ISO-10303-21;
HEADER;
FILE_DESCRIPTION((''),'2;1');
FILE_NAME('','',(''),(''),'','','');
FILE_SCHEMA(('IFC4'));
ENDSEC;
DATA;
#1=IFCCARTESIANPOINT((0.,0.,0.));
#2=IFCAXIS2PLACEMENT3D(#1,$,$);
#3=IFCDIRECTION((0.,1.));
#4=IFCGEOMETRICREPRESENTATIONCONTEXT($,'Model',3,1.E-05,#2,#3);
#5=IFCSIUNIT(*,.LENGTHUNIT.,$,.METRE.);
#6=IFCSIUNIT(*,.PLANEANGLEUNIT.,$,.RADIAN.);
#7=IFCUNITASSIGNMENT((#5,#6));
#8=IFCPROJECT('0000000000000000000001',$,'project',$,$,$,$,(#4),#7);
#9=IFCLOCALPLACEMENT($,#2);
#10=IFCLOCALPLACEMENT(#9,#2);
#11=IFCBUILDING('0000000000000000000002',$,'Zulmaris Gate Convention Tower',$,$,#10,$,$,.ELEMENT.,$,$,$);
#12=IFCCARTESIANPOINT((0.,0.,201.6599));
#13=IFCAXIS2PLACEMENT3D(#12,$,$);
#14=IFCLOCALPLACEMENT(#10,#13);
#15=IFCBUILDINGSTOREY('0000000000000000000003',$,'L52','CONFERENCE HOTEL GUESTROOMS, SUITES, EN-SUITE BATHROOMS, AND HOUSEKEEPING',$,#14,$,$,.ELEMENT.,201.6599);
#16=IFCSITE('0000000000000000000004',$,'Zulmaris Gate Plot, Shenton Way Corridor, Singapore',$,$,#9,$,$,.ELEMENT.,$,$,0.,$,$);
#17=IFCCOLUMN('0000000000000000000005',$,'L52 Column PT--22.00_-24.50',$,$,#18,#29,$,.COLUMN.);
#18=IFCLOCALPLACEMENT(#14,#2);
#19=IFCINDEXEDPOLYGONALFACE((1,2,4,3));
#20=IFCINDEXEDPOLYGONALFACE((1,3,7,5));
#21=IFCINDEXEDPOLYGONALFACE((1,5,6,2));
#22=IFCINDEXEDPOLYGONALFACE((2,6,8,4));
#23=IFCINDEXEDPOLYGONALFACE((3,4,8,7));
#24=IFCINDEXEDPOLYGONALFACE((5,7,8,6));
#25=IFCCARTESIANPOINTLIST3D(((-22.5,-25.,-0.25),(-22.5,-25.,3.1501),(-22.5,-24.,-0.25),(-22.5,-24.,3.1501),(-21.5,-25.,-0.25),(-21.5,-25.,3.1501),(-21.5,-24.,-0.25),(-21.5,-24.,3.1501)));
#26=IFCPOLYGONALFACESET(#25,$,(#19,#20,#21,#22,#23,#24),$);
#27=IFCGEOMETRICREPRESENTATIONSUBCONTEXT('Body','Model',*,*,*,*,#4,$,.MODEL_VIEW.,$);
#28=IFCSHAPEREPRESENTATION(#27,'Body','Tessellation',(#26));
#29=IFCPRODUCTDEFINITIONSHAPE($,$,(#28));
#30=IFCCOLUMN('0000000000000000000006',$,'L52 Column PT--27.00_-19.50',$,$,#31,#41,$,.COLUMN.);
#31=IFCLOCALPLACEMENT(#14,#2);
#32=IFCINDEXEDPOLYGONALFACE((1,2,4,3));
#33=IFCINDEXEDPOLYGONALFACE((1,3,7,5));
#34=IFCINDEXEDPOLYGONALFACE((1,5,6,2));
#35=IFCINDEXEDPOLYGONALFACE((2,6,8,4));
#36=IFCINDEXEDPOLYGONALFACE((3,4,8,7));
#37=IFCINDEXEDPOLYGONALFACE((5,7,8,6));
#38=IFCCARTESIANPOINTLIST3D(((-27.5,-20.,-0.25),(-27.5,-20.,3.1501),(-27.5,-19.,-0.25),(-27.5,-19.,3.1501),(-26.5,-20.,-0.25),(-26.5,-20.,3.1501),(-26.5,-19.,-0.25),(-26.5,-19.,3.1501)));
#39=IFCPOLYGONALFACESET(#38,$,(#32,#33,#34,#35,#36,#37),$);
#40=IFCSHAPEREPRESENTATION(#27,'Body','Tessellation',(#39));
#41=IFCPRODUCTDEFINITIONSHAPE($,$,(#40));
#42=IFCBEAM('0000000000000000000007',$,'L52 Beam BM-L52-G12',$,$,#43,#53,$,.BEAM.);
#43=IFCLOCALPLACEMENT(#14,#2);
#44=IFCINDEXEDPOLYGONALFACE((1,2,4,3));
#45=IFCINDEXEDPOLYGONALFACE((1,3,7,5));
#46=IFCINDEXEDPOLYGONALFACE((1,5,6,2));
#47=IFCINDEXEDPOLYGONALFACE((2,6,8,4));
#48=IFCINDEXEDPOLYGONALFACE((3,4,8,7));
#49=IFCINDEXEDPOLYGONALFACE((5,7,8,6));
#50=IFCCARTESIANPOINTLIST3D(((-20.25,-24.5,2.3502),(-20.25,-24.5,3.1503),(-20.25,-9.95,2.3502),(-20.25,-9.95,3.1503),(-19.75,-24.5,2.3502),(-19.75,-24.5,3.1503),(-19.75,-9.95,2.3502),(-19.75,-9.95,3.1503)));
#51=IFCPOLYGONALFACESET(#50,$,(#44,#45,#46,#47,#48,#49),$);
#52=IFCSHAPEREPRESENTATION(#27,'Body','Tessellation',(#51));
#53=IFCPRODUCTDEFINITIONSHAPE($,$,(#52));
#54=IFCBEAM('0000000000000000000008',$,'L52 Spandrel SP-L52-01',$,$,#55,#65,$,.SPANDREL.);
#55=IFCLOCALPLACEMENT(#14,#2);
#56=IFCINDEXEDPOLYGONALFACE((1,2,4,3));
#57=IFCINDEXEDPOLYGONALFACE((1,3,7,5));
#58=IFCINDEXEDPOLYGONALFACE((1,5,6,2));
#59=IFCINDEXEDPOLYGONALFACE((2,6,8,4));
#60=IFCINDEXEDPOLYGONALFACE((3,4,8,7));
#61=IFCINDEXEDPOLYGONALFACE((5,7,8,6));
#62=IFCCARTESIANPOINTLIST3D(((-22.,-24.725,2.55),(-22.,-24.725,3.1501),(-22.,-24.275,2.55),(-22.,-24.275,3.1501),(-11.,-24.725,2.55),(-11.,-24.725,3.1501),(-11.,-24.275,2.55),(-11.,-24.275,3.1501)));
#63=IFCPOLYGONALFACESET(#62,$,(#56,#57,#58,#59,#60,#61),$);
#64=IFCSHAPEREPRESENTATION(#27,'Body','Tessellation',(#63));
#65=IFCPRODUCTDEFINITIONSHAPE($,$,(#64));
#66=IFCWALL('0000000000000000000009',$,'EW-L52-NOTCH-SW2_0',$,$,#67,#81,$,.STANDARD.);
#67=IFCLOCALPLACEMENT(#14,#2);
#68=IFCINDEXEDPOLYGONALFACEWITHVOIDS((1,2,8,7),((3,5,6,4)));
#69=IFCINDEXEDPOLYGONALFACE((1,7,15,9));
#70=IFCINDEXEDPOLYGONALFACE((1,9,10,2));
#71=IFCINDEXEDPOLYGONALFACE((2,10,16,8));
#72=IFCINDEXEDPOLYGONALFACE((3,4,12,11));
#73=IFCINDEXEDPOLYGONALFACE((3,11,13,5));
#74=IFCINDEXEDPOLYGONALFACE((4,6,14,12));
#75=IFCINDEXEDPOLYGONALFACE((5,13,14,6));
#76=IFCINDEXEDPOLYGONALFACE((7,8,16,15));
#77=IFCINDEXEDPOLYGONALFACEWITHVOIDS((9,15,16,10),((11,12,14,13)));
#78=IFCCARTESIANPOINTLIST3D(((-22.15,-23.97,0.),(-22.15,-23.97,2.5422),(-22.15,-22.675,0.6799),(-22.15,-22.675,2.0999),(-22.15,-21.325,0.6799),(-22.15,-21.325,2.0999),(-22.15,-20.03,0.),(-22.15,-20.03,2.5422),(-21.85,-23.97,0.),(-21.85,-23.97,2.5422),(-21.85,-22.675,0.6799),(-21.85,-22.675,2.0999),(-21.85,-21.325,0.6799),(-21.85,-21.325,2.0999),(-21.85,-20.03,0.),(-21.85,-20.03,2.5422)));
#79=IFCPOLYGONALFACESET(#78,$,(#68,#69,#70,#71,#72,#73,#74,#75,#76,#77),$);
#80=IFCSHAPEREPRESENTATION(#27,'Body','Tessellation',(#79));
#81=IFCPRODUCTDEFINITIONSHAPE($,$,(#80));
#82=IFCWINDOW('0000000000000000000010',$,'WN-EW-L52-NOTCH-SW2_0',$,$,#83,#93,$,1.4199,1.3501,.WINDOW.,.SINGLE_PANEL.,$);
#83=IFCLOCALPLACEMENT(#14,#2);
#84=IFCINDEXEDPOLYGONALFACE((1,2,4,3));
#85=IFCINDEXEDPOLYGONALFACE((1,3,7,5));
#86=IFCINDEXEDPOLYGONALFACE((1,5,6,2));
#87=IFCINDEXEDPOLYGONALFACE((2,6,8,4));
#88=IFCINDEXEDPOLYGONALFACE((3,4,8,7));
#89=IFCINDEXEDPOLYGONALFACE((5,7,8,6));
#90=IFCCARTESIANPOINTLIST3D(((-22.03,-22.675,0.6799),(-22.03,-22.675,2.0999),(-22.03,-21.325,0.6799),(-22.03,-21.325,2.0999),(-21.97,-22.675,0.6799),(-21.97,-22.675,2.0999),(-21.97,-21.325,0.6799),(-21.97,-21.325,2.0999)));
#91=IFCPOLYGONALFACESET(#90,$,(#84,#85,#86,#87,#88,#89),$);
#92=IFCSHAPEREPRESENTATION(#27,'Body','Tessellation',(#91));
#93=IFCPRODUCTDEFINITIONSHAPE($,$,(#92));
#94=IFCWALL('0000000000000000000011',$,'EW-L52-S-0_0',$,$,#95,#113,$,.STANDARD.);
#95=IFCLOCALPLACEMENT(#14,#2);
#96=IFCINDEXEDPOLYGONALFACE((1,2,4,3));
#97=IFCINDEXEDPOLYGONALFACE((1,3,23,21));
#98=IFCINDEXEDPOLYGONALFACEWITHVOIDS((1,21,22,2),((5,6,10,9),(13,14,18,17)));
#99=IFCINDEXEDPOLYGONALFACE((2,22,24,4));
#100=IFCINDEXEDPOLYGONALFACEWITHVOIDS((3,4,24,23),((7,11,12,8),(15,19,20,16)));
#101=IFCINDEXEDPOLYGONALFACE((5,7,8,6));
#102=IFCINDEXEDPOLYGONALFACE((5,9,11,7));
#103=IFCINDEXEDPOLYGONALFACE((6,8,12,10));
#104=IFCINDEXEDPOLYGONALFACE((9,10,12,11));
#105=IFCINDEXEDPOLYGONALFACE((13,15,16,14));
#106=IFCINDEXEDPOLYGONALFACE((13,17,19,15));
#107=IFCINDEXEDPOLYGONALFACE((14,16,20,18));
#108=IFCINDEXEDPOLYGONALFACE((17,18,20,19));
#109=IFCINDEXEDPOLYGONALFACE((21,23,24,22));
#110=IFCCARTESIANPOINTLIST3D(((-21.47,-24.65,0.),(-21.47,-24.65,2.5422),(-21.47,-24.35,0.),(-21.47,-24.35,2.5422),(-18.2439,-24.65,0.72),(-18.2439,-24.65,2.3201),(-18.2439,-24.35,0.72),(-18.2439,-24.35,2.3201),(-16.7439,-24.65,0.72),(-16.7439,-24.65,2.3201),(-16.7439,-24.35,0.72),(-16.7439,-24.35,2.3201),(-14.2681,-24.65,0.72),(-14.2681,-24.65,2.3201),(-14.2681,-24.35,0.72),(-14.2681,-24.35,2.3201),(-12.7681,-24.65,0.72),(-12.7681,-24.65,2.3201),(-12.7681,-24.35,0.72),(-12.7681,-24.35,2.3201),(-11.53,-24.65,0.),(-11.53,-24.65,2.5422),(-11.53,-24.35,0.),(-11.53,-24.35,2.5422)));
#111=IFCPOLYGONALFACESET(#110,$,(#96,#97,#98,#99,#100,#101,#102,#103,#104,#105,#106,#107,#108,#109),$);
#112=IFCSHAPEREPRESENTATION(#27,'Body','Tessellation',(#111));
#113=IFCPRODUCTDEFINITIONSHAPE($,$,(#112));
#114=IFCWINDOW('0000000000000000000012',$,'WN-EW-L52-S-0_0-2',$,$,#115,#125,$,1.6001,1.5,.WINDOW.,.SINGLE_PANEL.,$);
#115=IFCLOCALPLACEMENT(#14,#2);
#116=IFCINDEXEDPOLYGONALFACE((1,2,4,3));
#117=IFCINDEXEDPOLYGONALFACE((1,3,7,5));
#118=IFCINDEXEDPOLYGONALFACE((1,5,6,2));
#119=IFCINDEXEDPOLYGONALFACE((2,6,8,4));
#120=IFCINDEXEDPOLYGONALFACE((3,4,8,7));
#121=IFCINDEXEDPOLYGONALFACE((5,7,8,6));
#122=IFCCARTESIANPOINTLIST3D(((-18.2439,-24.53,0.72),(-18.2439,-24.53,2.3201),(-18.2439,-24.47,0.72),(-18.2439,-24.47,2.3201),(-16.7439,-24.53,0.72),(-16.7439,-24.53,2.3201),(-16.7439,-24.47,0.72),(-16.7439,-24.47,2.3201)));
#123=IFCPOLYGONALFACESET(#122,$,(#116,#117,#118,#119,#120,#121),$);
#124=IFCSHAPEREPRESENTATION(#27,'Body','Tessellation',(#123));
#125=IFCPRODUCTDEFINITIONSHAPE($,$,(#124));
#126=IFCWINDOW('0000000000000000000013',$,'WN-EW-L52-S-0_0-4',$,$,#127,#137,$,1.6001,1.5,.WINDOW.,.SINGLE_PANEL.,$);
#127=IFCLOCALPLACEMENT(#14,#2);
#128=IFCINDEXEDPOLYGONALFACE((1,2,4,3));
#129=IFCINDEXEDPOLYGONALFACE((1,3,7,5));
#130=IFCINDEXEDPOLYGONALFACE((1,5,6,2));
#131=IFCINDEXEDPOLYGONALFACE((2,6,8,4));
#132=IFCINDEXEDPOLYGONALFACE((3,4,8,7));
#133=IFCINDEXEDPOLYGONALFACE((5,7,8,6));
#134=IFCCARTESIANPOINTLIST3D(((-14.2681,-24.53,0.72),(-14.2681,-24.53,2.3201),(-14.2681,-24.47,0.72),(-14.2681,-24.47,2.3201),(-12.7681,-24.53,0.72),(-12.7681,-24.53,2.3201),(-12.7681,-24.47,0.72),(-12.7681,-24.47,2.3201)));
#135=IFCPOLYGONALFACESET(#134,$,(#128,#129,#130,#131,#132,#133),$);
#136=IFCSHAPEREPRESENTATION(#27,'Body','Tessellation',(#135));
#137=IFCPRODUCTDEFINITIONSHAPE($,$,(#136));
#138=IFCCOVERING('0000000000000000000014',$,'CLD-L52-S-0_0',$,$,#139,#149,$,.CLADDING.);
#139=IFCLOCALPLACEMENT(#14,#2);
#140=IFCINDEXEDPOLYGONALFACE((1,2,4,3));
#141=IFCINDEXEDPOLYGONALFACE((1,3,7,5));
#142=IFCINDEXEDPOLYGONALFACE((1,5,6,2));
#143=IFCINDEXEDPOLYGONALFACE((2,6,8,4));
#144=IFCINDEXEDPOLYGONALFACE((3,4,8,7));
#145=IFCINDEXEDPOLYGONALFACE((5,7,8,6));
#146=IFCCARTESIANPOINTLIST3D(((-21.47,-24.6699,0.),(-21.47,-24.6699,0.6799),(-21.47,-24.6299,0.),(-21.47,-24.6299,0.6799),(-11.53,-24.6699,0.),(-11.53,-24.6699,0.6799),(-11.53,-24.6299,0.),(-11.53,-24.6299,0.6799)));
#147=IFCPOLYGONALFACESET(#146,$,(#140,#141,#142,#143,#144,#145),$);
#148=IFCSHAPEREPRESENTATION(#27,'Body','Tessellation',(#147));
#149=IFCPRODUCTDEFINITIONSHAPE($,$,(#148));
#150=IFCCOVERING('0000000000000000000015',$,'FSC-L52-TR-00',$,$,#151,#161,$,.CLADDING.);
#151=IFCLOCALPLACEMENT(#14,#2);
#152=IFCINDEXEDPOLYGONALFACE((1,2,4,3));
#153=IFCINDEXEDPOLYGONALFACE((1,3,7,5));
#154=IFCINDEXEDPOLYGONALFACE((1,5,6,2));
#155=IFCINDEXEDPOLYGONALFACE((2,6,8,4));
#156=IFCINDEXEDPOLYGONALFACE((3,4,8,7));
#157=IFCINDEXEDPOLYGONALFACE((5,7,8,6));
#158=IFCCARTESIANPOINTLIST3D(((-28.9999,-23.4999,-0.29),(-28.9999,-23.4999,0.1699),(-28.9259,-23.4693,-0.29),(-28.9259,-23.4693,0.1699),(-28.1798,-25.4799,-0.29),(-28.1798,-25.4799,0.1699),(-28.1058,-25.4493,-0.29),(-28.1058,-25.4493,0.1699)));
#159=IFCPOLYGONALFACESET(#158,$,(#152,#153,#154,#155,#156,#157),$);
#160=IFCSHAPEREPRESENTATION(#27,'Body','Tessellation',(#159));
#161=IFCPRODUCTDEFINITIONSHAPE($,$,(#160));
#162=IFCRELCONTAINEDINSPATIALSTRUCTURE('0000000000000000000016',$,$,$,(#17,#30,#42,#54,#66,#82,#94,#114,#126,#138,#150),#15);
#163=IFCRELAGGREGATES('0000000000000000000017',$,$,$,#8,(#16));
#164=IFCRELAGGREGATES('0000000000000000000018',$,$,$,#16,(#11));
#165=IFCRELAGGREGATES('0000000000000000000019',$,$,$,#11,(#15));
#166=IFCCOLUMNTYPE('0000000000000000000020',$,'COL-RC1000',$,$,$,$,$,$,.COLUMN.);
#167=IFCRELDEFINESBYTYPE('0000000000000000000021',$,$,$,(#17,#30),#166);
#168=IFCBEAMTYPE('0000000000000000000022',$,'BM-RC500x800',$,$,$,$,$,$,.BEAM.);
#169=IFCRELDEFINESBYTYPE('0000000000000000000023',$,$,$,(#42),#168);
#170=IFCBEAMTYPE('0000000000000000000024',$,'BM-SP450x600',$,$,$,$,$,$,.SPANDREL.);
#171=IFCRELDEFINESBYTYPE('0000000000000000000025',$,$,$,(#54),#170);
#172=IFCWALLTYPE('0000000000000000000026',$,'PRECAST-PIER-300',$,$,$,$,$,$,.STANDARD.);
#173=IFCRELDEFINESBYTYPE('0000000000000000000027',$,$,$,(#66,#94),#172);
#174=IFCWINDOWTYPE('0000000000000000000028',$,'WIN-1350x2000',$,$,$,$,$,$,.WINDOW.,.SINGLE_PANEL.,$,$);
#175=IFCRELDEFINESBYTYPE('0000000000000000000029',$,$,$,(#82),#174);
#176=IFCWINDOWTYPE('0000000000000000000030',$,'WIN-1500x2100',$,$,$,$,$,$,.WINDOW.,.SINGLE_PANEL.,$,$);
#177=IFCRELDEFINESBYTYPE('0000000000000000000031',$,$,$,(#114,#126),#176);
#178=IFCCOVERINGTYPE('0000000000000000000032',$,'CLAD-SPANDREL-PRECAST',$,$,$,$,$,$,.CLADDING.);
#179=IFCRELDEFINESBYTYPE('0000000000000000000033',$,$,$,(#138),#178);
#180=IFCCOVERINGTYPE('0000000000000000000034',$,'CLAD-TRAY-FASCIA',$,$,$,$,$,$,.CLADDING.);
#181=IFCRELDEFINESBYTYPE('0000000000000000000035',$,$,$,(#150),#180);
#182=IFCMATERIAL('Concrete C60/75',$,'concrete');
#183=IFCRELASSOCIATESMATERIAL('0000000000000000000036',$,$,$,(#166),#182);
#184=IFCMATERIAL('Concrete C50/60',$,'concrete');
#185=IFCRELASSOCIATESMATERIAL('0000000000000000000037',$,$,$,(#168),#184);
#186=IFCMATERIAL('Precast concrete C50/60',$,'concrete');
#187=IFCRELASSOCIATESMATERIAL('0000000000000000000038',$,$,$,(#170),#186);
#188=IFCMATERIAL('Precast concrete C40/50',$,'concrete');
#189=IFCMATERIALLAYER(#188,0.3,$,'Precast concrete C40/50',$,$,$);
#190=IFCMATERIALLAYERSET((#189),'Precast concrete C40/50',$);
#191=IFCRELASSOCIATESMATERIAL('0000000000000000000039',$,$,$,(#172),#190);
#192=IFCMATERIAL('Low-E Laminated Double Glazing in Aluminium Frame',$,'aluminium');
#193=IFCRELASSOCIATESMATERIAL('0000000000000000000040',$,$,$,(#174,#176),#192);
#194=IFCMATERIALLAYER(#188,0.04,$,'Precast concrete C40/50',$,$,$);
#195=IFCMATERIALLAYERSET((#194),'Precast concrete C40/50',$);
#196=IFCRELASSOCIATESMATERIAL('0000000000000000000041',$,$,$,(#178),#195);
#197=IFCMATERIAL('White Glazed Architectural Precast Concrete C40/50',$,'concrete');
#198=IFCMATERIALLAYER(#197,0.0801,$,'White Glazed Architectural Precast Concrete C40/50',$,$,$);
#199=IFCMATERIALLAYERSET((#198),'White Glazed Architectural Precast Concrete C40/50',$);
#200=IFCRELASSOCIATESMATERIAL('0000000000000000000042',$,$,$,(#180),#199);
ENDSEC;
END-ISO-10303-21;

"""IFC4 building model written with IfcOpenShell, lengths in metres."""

from ifc_helpers import new_model, si_unit, direction, frame, frame_2d, origin, origin_2d, place, context, subcontext, project, spatial, rectangle, extrude, material, layer, layer_set, material_profile, profile_set, type_object, element, fill, save


model = new_model("IFC4")

# Units and contexts
model_context = context("Model", 3, precision=1e-05, world=origin(), true_north=direction((0.0, 1.0)))
body_context = subcontext(model_context, "Body", "Model", "MODEL_VIEW")
ifc_project = project(units=[si_unit("LENGTHUNIT", "METRE"), si_unit("PLANEANGLEUNIT", "RADIAN")], contexts=[model_context])

# Site, building, storey
site_placement = place(None, origin())
site = spatial("IfcSite", under=ifc_project, at=site_placement, Name="Zulmaris Gate Plot, Shenton Way Corridor, Singapore", CompositionType="ELEMENT", RefElevation=0.0)
building_placement = place(site_placement, origin())
building = spatial("IfcBuilding", under=site, at=building_placement, Name="Zulmaris Gate Convention Tower", CompositionType="ELEMENT")
storey_placement = place(building_placement, frame((0.0, 0.0, 201.6599)))
storey = spatial("IfcBuildingStorey", under=building, at=storey_placement, Name="L52", Description="CONFERENCE HOTEL GUESTROOMS, SUITES, EN-SUITE BATHROOMS, AND HOUSEKEEPING", CompositionType="ELEMENT", Elevation=201.6599)

# Columns
ifc_material_1 = material(Name="Concrete C60/75", Category="concrete")
ifc_material_profile_1 = material_profile(ifc_material_1, rectangle(XDim=1.0, YDim=1.0, at=origin_2d()), Name="RC COL 1000x1000")
ifc_profile_set_1 = profile_set([ifc_material_profile_1], Name="Concrete C60/75")
column_type = type_object("IfcColumnType", Name="COL-RC1000", PredefinedType="COLUMN", material=ifc_profile_set_1)
for number, where, z_axis, x_axis, name in (
    (1, (-22.0, -24.5, -0.25), (0.0, 0.0, 1.0), (1.0, 0.0, 0.0), "L52 Column PT--22.00_-24.50"),
    (2, (-27.0, -19.5, -0.25), (0.0, 0.0, 1.0), (1.0, 0.0, 0.0), "L52 Column PT--27.00_-19.50"),
):
    element("IfcColumn", number, at=place(storey_placement, frame(where, z_axis=z_axis, x_axis=x_axis)), inside=storey, type_object=column_type, Name=name, PredefinedType="COLUMN", context=body_context, shape_type="SweptSolid", body=[
        extrude(rectangle(XDim=1.0, YDim=1.0, at=origin_2d()), origin(), (0.0, 0.0, 1.0), 3.4001),
    ])

# Beams
ifc_material_2 = material(Name="Concrete C50/60", Category="concrete")
ifc_material_profile_2 = material_profile(ifc_material_2, rectangle(XDim=0.5, YDim=0.8, at=origin_2d()), Name="RC BEAM 500x800")
ifc_profile_set_2 = profile_set([ifc_material_profile_2], Name="Concrete C50/60")
beam_type_1 = type_object("IfcBeamType", Name="BM-RC500x800", PredefinedType="BEAM", material=ifc_profile_set_2)
beam_1_placement = place(storey_placement, frame((-20.0, -24.5, 2.7502), z_axis=(0.0, 1.0, 0.0), x_axis=(-1.0, 0.0, 0.0)))
element("IfcBeam", 3, at=beam_1_placement, inside=storey, type_object=beam_type_1, Name="L52 Beam BM-L52-G12", PredefinedType="BEAM", context=body_context, shape_type="SweptSolid", body=[
    extrude(rectangle(XDim=0.5, YDim=0.8, at=origin_2d()), origin(), (0.0, 0.0, 1.0), 14.55),
])
ifc_material_3 = material(Name="Precast concrete C50/60", Category="concrete")
ifc_material_profile_3 = material_profile(ifc_material_3, rectangle(XDim=0.45, YDim=0.6001, at=origin_2d()), Name="RC SPANDREL 450x600")
ifc_profile_set_3 = profile_set([ifc_material_profile_3], Name="Precast concrete C50/60")
beam_type_2 = type_object("IfcBeamType", Name="BM-SP450x600", PredefinedType="SPANDREL", material=ifc_profile_set_3)
beam_2_placement = place(storey_placement, frame((-22.0, -24.5, 2.8501), z_axis=(1.0, 0.0, 0.0), x_axis=(0.0, 1.0, 0.0)))
element("IfcBeam", 4, at=beam_2_placement, inside=storey, type_object=beam_type_2, Name="L52 Spandrel SP-L52-01", PredefinedType="SPANDREL", context=body_context, shape_type="SweptSolid", body=[
    extrude(rectangle(XDim=0.45, YDim=0.6001, at=origin_2d()), origin(), (0.0, 0.0, 1.0), 11.0),
])

# Wall, opening, window
ifc_material_4 = material(Name="Precast concrete C40/50", Category="concrete")
ifc_layer_1 = layer(ifc_material_4, 0.3, Name="Precast concrete C40/50")
ifc_layer_set_1 = layer_set([ifc_layer_1], Name="Precast concrete C40/50")
wall_type = type_object("IfcWallType", Name="PRECAST-PIER-300", PredefinedType="STANDARD", material=ifc_layer_set_1)
wall_1_placement = place(storey_placement, frame((-22.0, -20.03, 0.0), z_axis=(0.0, 0.0, 1.0), x_axis=(0.0, -1.0, 0.0)))
wall_1 = element("IfcWall", 5, at=wall_1_placement, inside=storey, type_object=wall_type, Name="EW-L52-NOTCH-SW2_0", PredefinedType="STANDARD", context=body_context, shape_type="SweptSolid", body=[
    extrude(rectangle(XDim=3.9399, YDim=0.3, at=frame_2d((1.97, 0.0))), origin(), (0.0, 0.0, 1.0), 2.5422),
])
opening_1_placement = place(wall_1_placement, frame((1.2949, 0.0, 0.6799)))
opening_1 = element("IfcOpeningElement", 6, at=opening_1_placement, cuts=wall_1, PredefinedType="OPENING", context=body_context, shape_type="SweptSolid", body=[
    extrude(rectangle(XDim=1.3501, YDim=1.4199, at=frame_2d((0.675, 0.71))), frame((0.0, 0.1602, 0.0), z_axis=(0.0, -1.0, 0.0), x_axis=(1.0, 0.0, 0.0)), (0.0, 0.0, 1.0), 0.3201),
])
ifc_material_5 = material(Name="Low-E Laminated Double Glazing in Aluminium Frame", Category="aluminium")
window_type_1 = type_object("IfcWindowType", Name="WIN-1350x2000", PartitioningType="SINGLE_PANEL", PredefinedType="WINDOW", material=ifc_material_5)
window_1_placement = place(opening_1_placement, origin())
window_1 = element("IfcWindow", 7, at=window_1_placement, inside=storey, type_object=window_type_1, Name="WN-EW-L52-NOTCH-SW2_0", OverallHeight=1.4199, OverallWidth=1.3501, PartitioningType="SINGLE_PANEL", PredefinedType="WINDOW", context=body_context, shape_type="SweptSolid", body=[
    extrude(rectangle(XDim=1.3501, YDim=1.4199, at=frame_2d((0.675, 0.71))), frame((0.0, 0.03, 0.0), z_axis=(0.0, -1.0, 0.0), x_axis=(1.0, 0.0, 0.0)), (0.0, 0.0, 1.0), 0.0601),
])
fill(opening_1, window_1)

# Wall, openings, windows
wall_2_placement = place(storey_placement, frame((-21.47, -24.5, 0.0), z_axis=(0.0, 0.0, 1.0), x_axis=(1.0, 0.0, 0.0)))
wall_2 = element("IfcWall", 8, at=wall_2_placement, inside=storey, type_object=wall_type, Name="EW-L52-S-0_0", PredefinedType="STANDARD", context=body_context, shape_type="SweptSolid", body=[
    extrude(rectangle(XDim=9.9399, YDim=0.3, at=frame_2d((4.97, 0.0))), origin(), (0.0, 0.0, 1.0), 2.5422),
])
opening_2_placement = place(wall_2_placement, frame((3.2261, 0.0, 0.72)))
opening_2 = element("IfcOpeningElement", 9, at=opening_2_placement, cuts=wall_2, PredefinedType="OPENING", context=body_context, shape_type="SweptSolid", body=[
    extrude(rectangle(XDim=1.5, YDim=1.6001, at=frame_2d((0.75, 0.8))), frame((0.0, 0.1602, 0.0), z_axis=(0.0, -1.0, 0.0), x_axis=(1.0, 0.0, 0.0)), (0.0, 0.0, 1.0), 0.3201),
])
opening_3_placement = place(wall_2_placement, frame((7.2019, 0.0, 0.72)))
opening_3 = element("IfcOpeningElement", 10, at=opening_3_placement, cuts=wall_2, PredefinedType="OPENING", context=body_context, shape_type="SweptSolid", body=[
    extrude(rectangle(XDim=1.5, YDim=1.6001, at=frame_2d((0.75, 0.8))), frame((0.0, 0.1602, 0.0), z_axis=(0.0, -1.0, 0.0), x_axis=(1.0, 0.0, 0.0)), (0.0, 0.0, 1.0), 0.3201),
])
window_type_2 = type_object("IfcWindowType", Name="WIN-1500x2100", PartitioningType="SINGLE_PANEL", PredefinedType="WINDOW", material=ifc_material_5)
window_2_placement = place(opening_2_placement, origin())
window_2 = element("IfcWindow", 11, at=window_2_placement, inside=storey, type_object=window_type_2, Name="WN-EW-L52-S-0_0-2", OverallHeight=1.6001, OverallWidth=1.5, PartitioningType="SINGLE_PANEL", PredefinedType="WINDOW", context=body_context, shape_type="SweptSolid", body=[
    extrude(rectangle(XDim=1.5, YDim=1.6001, at=frame_2d((0.75, 0.8))), frame((0.0, 0.03, 0.0), z_axis=(0.0, -1.0, 0.0), x_axis=(1.0, 0.0, 0.0)), (0.0, 0.0, 1.0), 0.0601),
])
fill(opening_2, window_2)
window_3_placement = place(opening_3_placement, origin())
window_3 = element("IfcWindow", 12, at=window_3_placement, inside=storey, type_object=window_type_2, Name="WN-EW-L52-S-0_0-4", OverallHeight=1.6001, OverallWidth=1.5, PartitioningType="SINGLE_PANEL", PredefinedType="WINDOW", context=body_context, shape_type="SweptSolid", body=[
    extrude(rectangle(XDim=1.5, YDim=1.6001, at=frame_2d((0.75, 0.8))), frame((0.0, 0.03, 0.0), z_axis=(0.0, -1.0, 0.0), x_axis=(1.0, 0.0, 0.0)), (0.0, 0.0, 1.0), 0.0601),
])
fill(opening_3, window_3)

# Coverings
ifc_layer_2 = layer(ifc_material_4, 0.04, Name="Precast concrete C40/50")
ifc_layer_set_2 = layer_set([ifc_layer_2], Name="Precast concrete C40/50")
covering_type_1 = type_object("IfcCoveringType", Name="CLAD-SPANDREL-PRECAST", PredefinedType="CLADDING", material=ifc_layer_set_2)
covering_1_placement = place(storey_placement, frame((-21.47, -24.6499, 0.0), z_axis=(0.0, 0.0, 1.0), x_axis=(1.0, 0.0, 0.0)))
element("IfcCovering", 13, at=covering_1_placement, inside=storey, type_object=covering_type_1, Name="CLD-L52-S-0_0", PredefinedType="CLADDING", context=body_context, shape_type="SweptSolid", body=[
    extrude(rectangle(XDim=9.9399, YDim=0.04, at=frame_2d((4.97, 0.0))), origin(), (0.0, 0.0, 1.0), 0.6799),
])
ifc_material_6 = material(Name="White Glazed Architectural Precast Concrete C40/50", Category="concrete")
ifc_layer_3 = layer(ifc_material_6, 0.0801, Name="White Glazed Architectural Precast Concrete C40/50")
ifc_layer_set_3 = layer_set([ifc_layer_3], Name="White Glazed Architectural Precast Concrete C40/50")
covering_type_2 = type_object("IfcCoveringType", Name="CLAD-TRAY-FASCIA", PredefinedType="CLADDING", material=ifc_layer_set_3)
covering_2_placement = place(storey_placement, frame((-28.9629, -23.4846, -0.29), z_axis=(0.0, 0.0, 1.0), x_axis=(0.382657, -0.92389, 0.0)))
element("IfcCovering", 14, at=covering_2_placement, inside=storey, type_object=covering_type_2, Name="FSC-L52-TR-00", PredefinedType="CLADDING", context=body_context, shape_type="SweptSolid", body=[
    extrude(rectangle(XDim=2.1431, YDim=0.0801, at=frame_2d((1.0715, 0.0))), origin(), (0.0, 0.0, 1.0), 0.46),
])

save(model, "model.ifc")
